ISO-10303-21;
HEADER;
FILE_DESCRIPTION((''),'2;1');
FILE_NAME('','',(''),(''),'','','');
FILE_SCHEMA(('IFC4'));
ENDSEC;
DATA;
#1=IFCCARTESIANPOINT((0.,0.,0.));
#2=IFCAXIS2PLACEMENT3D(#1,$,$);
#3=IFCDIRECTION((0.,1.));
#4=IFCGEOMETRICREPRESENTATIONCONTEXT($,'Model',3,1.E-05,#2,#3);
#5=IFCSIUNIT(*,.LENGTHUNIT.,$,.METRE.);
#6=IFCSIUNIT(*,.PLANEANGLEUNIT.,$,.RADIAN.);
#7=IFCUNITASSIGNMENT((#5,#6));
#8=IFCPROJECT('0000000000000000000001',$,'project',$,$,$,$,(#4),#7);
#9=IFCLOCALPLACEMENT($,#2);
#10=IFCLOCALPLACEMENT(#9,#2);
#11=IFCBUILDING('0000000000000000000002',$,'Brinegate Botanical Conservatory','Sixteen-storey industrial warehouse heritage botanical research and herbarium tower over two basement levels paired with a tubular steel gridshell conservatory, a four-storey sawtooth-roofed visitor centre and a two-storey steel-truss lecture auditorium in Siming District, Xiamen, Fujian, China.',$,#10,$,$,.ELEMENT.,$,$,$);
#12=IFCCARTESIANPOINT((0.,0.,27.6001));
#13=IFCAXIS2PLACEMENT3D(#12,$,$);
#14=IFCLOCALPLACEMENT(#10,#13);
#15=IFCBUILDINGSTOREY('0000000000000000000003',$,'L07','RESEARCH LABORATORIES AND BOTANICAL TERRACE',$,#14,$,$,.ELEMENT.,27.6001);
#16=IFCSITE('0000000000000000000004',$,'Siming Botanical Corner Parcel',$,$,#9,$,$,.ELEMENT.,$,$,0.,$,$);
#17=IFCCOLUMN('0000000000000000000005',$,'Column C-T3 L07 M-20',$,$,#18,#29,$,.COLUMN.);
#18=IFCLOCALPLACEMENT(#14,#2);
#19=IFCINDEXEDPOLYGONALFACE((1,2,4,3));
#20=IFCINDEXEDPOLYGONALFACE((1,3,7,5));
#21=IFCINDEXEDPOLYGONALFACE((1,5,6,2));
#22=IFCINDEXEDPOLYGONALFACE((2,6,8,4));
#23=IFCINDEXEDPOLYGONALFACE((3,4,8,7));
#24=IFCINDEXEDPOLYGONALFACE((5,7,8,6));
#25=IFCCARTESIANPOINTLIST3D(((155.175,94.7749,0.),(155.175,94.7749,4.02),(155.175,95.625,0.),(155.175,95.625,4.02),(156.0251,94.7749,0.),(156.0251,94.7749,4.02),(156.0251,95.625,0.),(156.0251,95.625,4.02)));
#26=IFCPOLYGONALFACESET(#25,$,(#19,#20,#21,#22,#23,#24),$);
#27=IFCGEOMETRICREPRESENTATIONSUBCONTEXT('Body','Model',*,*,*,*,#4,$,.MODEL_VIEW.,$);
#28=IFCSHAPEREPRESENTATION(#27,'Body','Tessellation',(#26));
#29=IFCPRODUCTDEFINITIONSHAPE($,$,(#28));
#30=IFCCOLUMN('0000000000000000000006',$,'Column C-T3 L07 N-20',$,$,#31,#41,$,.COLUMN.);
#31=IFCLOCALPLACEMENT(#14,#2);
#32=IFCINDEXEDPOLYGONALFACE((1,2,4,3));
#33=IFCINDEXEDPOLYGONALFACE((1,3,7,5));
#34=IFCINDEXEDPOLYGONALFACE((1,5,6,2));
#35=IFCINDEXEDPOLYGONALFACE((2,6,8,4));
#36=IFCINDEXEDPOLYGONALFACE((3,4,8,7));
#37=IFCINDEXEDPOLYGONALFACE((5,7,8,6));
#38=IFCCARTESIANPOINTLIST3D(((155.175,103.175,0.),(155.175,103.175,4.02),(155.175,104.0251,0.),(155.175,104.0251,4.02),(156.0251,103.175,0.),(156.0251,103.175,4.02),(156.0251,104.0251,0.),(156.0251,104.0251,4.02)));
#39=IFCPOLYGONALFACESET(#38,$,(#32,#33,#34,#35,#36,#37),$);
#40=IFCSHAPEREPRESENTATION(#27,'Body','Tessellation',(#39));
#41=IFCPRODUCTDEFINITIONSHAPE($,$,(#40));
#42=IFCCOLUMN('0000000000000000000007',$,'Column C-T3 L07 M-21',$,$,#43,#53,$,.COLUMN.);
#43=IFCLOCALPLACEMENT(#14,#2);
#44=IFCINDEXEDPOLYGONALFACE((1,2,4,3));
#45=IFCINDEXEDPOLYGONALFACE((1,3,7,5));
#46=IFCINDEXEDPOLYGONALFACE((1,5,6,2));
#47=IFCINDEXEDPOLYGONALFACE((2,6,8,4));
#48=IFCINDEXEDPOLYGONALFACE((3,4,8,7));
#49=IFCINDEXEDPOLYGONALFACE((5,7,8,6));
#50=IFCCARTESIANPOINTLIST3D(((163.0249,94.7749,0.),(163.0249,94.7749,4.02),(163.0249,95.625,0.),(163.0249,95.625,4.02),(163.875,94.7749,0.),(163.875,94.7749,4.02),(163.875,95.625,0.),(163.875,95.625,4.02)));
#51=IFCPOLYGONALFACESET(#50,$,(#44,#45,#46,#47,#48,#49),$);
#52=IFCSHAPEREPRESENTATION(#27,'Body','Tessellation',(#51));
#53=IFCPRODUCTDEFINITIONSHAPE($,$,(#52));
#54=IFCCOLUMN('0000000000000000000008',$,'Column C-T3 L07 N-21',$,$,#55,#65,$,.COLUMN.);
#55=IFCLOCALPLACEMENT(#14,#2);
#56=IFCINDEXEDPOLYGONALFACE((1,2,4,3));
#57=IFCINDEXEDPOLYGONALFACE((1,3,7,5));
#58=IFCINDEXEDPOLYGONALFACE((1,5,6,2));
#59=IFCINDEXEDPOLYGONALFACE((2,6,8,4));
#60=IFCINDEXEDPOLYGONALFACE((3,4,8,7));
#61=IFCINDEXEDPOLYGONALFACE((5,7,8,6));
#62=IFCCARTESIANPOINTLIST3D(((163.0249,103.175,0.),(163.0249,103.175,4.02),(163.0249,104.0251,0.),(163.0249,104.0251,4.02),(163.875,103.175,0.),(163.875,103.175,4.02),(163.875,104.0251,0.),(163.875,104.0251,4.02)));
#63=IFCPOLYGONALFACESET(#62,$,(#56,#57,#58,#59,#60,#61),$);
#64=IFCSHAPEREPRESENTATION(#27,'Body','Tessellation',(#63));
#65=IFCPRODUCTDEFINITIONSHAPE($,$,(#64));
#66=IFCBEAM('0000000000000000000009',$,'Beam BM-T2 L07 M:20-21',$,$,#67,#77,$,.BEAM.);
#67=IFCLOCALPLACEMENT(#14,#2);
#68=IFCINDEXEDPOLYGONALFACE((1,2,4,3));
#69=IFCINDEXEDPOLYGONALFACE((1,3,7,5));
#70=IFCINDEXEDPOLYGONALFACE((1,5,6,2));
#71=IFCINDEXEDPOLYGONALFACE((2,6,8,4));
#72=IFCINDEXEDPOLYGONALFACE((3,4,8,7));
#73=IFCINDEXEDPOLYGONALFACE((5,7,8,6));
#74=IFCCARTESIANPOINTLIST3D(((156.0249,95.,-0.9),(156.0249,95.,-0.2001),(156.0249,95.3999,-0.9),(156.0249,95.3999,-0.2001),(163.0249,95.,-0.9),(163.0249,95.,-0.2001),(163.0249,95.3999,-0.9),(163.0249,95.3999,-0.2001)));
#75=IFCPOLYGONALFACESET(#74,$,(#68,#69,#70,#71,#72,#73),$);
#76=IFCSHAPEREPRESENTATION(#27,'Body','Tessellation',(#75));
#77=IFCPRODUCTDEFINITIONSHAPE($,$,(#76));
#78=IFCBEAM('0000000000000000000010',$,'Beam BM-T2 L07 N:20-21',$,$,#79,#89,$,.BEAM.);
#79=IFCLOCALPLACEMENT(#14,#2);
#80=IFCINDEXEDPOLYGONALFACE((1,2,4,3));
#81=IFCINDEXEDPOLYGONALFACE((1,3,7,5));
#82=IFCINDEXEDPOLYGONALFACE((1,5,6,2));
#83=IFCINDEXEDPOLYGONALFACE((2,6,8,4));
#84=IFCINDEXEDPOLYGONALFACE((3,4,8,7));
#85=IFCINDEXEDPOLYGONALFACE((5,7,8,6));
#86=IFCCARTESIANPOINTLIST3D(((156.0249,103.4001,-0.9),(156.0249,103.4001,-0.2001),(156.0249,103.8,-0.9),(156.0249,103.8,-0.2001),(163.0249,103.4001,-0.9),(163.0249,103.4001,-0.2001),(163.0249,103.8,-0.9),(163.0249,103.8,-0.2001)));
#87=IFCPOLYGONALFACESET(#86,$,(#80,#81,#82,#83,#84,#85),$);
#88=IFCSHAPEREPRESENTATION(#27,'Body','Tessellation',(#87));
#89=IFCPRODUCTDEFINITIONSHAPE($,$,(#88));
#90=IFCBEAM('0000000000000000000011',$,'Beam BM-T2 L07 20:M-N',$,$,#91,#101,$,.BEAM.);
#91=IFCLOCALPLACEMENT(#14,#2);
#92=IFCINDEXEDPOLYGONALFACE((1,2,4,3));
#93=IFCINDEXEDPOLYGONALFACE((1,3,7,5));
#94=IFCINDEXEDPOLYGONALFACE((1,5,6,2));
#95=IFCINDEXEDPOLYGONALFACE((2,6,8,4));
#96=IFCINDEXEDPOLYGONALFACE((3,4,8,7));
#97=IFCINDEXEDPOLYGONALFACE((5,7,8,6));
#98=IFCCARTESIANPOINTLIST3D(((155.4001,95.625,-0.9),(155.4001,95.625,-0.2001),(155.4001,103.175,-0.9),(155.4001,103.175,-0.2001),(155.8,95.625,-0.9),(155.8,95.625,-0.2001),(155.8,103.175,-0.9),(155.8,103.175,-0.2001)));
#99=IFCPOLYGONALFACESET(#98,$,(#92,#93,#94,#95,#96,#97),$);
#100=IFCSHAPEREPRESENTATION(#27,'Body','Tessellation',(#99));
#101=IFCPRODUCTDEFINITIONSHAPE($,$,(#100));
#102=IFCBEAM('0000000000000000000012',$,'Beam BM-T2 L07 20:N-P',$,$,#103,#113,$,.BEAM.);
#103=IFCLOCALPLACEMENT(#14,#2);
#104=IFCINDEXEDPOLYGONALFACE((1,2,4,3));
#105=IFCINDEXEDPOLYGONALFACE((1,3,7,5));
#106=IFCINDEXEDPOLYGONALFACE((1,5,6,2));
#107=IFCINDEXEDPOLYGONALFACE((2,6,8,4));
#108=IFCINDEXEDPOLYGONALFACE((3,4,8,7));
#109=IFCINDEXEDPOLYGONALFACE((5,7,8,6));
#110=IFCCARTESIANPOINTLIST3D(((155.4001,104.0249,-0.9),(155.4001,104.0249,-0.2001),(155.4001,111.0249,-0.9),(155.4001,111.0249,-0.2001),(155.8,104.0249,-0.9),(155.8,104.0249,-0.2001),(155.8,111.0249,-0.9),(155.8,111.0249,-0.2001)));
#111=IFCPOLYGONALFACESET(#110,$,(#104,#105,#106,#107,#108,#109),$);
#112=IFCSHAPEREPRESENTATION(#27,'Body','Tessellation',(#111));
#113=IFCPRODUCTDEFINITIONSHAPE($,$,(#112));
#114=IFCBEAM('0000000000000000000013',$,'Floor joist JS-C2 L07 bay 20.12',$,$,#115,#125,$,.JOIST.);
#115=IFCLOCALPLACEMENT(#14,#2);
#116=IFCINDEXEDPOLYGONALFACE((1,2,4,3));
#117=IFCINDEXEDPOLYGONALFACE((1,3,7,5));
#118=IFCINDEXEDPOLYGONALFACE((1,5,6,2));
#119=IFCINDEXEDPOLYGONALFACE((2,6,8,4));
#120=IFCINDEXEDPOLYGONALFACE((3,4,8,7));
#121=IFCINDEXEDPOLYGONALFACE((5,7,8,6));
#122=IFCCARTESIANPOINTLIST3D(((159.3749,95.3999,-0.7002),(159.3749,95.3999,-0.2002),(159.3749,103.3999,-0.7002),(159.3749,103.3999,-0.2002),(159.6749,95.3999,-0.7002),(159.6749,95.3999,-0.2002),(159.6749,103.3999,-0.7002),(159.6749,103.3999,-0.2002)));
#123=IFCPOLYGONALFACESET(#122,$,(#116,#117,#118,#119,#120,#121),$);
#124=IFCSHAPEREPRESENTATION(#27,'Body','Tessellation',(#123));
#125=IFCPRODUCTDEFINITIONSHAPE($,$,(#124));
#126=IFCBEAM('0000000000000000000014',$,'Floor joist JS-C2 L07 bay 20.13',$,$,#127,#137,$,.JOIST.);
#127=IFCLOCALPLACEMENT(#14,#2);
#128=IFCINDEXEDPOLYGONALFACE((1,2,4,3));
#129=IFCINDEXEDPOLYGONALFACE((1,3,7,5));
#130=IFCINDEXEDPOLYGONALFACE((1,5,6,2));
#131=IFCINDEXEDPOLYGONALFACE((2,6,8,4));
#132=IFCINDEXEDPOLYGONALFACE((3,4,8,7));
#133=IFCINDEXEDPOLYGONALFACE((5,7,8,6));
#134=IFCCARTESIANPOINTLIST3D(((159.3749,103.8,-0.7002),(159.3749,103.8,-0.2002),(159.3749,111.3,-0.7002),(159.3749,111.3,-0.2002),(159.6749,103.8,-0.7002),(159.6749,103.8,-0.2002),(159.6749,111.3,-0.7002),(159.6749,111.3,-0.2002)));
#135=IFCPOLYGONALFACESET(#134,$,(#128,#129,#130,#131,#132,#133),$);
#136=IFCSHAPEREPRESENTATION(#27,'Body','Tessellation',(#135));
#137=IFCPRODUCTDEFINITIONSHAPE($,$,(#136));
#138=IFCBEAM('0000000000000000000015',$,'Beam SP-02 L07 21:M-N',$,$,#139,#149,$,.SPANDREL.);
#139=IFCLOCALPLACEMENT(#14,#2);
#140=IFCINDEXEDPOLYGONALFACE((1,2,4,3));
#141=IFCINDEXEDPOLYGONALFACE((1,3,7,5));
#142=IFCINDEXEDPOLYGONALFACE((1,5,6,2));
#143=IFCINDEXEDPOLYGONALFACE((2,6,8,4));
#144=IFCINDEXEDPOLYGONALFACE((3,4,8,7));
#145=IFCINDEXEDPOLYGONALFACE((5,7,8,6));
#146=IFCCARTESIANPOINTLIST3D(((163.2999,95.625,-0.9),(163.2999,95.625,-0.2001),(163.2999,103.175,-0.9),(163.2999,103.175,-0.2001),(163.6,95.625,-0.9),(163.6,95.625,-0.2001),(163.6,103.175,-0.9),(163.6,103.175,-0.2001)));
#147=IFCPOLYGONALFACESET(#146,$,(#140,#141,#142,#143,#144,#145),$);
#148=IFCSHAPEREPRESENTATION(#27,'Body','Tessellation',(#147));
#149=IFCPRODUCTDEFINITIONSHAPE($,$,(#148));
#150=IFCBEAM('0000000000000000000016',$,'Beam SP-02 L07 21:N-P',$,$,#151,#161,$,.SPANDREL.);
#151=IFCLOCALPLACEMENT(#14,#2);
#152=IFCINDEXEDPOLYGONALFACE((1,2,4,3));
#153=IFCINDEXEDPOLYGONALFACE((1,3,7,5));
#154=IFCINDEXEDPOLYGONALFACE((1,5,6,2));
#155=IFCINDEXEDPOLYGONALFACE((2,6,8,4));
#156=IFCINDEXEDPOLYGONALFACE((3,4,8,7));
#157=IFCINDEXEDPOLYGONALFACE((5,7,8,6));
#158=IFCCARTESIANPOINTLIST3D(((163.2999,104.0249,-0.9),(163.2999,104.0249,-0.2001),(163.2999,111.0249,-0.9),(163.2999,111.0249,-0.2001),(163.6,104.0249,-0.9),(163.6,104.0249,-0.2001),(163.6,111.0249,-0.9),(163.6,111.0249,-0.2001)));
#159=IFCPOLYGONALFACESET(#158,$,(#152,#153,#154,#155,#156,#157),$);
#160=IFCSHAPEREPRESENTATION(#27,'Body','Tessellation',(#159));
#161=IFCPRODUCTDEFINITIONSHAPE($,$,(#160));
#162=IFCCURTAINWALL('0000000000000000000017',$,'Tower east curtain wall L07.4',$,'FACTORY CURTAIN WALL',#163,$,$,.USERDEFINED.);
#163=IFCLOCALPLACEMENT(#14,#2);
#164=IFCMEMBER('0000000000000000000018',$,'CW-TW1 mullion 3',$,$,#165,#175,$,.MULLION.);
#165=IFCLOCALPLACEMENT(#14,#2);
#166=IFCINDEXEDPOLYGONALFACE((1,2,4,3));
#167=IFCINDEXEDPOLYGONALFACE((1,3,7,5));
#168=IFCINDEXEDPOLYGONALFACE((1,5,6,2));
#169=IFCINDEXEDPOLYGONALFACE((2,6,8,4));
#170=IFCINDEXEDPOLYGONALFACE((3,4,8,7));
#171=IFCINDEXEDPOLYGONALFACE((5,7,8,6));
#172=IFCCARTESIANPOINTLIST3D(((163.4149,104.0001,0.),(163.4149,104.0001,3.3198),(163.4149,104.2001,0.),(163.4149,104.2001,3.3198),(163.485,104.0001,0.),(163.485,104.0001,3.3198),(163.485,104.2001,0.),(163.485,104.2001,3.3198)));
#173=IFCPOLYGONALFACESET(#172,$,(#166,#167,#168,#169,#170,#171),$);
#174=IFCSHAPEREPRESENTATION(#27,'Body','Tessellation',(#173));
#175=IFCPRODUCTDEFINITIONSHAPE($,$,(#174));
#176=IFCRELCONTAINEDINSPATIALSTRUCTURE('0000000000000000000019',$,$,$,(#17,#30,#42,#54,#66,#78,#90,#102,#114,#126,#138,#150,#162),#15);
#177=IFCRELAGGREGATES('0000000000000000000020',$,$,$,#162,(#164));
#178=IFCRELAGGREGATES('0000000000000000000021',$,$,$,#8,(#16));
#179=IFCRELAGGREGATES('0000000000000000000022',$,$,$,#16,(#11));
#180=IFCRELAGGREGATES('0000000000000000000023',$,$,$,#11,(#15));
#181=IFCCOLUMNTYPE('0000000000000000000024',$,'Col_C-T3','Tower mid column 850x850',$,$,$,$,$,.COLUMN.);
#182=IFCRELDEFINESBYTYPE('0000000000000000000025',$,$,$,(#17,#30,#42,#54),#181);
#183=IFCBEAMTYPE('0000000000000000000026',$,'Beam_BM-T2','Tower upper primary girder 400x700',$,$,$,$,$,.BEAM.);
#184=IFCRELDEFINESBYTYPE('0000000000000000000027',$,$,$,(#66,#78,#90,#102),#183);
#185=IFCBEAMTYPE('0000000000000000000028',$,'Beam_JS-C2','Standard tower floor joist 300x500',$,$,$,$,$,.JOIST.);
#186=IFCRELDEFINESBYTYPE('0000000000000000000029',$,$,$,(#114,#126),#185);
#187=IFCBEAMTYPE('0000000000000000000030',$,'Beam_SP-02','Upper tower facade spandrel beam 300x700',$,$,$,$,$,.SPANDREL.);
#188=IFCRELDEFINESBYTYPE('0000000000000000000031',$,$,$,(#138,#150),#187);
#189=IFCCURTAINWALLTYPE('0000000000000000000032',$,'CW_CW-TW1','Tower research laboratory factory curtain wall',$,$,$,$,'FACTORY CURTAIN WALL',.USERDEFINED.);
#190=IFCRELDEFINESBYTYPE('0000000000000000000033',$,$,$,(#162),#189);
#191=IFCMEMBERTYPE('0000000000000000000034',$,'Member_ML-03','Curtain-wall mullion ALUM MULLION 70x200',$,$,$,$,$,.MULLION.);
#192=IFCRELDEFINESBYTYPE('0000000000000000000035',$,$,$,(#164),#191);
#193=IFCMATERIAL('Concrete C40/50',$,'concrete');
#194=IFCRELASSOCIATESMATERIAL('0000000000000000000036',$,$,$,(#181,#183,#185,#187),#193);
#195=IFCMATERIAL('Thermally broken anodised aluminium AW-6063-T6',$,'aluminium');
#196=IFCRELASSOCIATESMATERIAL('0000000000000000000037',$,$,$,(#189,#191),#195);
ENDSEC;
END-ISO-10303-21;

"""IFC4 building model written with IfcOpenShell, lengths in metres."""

from ifc_helpers import new_model, si_unit, direction, frame, origin, origin_2d, place, context, subcontext, project, spatial, rectangle, extrude, material, material_profile, profile_set, type_object, element, aggregate, save


model = new_model("IFC4")

# Units and contexts
model_context = context("Model", 3, precision=1e-05, world=origin(), true_north=direction((0.0, 1.0)))
body_context = subcontext(model_context, "Body", "Model", "MODEL_VIEW")
ifc_project = project(units=[si_unit("LENGTHUNIT", "METRE"), si_unit("PLANEANGLEUNIT", "RADIAN")], contexts=[model_context])

# Site, building, storey
site_placement = place(None, origin())
site = spatial("IfcSite", under=ifc_project, at=site_placement, Name="Siming Botanical Corner Parcel", CompositionType="ELEMENT", RefElevation=0.0)
building_placement = place(site_placement, origin())
building = spatial("IfcBuilding", under=site, at=building_placement, Name="Brinegate Botanical Conservatory", Description="Sixteen-storey industrial warehouse heritage botanical research and herbarium tower over two basement levels paired with a tubular steel gridshell conservatory, a four-storey sawtooth-roofed visitor centre and a two-storey steel-truss lecture auditorium in Siming District, Xiamen, Fujian, China.", CompositionType="ELEMENT")
storey_placement = place(building_placement, frame((0.0, 0.0, 27.6001)))
storey = spatial("IfcBuildingStorey", under=building, at=storey_placement, Name="L07", Description="RESEARCH LABORATORIES AND BOTANICAL TERRACE", CompositionType="ELEMENT", Elevation=27.6001)

# Columns
ifc_material_1 = material(Name="Concrete C40/50", Category="concrete")
ifc_material_profile_1 = material_profile(ifc_material_1, rectangle(XDim=0.8501, YDim=0.8501, at=origin_2d()), Name="RC COL 850x850")
ifc_profile_set_1 = profile_set([ifc_material_profile_1], Name="Concrete C40/50")
column_type = type_object("IfcColumnType", Name="Col_C-T3", Description="Tower mid column 850x850", PredefinedType="COLUMN", material=ifc_profile_set_1)
for number, where, z_axis, x_axis, name in (
    (1, (155.6001, 95.2, 0.0), (0.0, 0.0, 1.0), (1.0, 0.0, 0.0), "Column C-T3 L07 M-20"),
    (2, (155.6001, 103.6001, 0.0), (0.0, 0.0, 1.0), (1.0, 0.0, 0.0), "Column C-T3 L07 N-20"),
    (3, (163.45, 95.2, 0.0), (0.0, 0.0, 1.0), (1.0, 0.0, 0.0), "Column C-T3 L07 M-21"),
    (4, (163.45, 103.6001, 0.0), (0.0, 0.0, 1.0), (1.0, 0.0, 0.0), "Column C-T3 L07 N-21"),
):
    element("IfcColumn", number, at=place(storey_placement, frame(where, z_axis=z_axis, x_axis=x_axis)), inside=storey, type_object=column_type, Name=name, PredefinedType="COLUMN", context=body_context, shape_type="SweptSolid", body=[
        extrude(rectangle(XDim=0.8501, YDim=0.8501, at=origin_2d()), origin(), (0.0, 0.0, 1.0), 4.02),
    ])

# Beams
ifc_material_profile_2 = material_profile(ifc_material_1, rectangle(XDim=0.3999, YDim=0.7, at=origin_2d()), Name="RC BM 400x700")
ifc_profile_set_2 = profile_set([ifc_material_profile_2], Name="Concrete C40/50")
beam_type_1 = type_object("IfcBeamType", Name="Beam_BM-T2", Description="Tower upper primary girder 400x700", PredefinedType="BEAM", material=ifc_profile_set_2)
for number, where, z_axis, x_axis, name in (
    (5, (156.0249, 95.2, -0.55), (1.0, 0.0, 0.0), (0.0, 1.0, 0.0), "Beam BM-T2 L07 M:20-21"),
    (6, (156.0249, 103.6001, -0.55), (1.0, 0.0, 0.0), (0.0, 1.0, 0.0), "Beam BM-T2 L07 N:20-21"),
):
    element("IfcBeam", number, at=place(storey_placement, frame(where, z_axis=z_axis, x_axis=x_axis)), inside=storey, type_object=beam_type_1, Name=name, PredefinedType="BEAM", context=body_context, shape_type="SweptSolid", body=[
        extrude(rectangle(XDim=0.3999, YDim=0.7, at=origin_2d()), origin(), (0.0, 0.0, 1.0), 7.0),
    ])
beam_1_placement = place(storey_placement, frame((155.6001, 95.625, -0.55), z_axis=(0.0, 1.0, 0.0), x_axis=(-1.0, 0.0, 0.0)))
element("IfcBeam", 7, at=beam_1_placement, inside=storey, type_object=beam_type_1, Name="Beam BM-T2 L07 20:M-N", PredefinedType="BEAM", context=body_context, shape_type="SweptSolid", body=[
    extrude(rectangle(XDim=0.3999, YDim=0.7, at=origin_2d()), origin(), (0.0, 0.0, 1.0), 7.55),
])
beam_2_placement = place(storey_placement, frame((155.6001, 104.0249, -0.55), z_axis=(0.0, 1.0, 0.0), x_axis=(-1.0, 0.0, 0.0)))
element("IfcBeam", 8, at=beam_2_placement, inside=storey, type_object=beam_type_1, Name="Beam BM-T2 L07 20:N-P", PredefinedType="BEAM", context=body_context, shape_type="SweptSolid", body=[
    extrude(rectangle(XDim=0.3999, YDim=0.7, at=origin_2d()), origin(), (0.0, 0.0, 1.0), 7.0),
])
ifc_material_profile_3 = material_profile(ifc_material_1, rectangle(XDim=0.3, YDim=0.5, at=origin_2d()), Name="RC JST 300x500")
ifc_profile_set_3 = profile_set([ifc_material_profile_3], Name="Concrete C40/50")
beam_type_2 = type_object("IfcBeamType", Name="Beam_JS-C2", Description="Standard tower floor joist 300x500", PredefinedType="JOIST", material=ifc_profile_set_3)
beam_3_placement = place(storey_placement, frame((159.5249, 95.3999, -0.4502), z_axis=(0.0, 1.0, 0.0), x_axis=(-1.0, 0.0, 0.0)))
element("IfcBeam", 9, at=beam_3_placement, inside=storey, type_object=beam_type_2, Name="Floor joist JS-C2 L07 bay 20.12", PredefinedType="JOIST", context=body_context, shape_type="SweptSolid", body=[
    extrude(rectangle(XDim=0.3, YDim=0.5, at=origin_2d()), origin(), (0.0, 0.0, 1.0), 8.0),
])
beam_4_placement = place(storey_placement, frame((159.5249, 103.8, -0.4502), z_axis=(0.0, 1.0, 0.0), x_axis=(-1.0, 0.0, 0.0)))
element("IfcBeam", 10, at=beam_4_placement, inside=storey, type_object=beam_type_2, Name="Floor joist JS-C2 L07 bay 20.13", PredefinedType="JOIST", context=body_context, shape_type="SweptSolid", body=[
    extrude(rectangle(XDim=0.3, YDim=0.5, at=origin_2d()), origin(), (0.0, 0.0, 1.0), 7.5),
])
ifc_material_profile_4 = material_profile(ifc_material_1, rectangle(XDim=0.3, YDim=0.7, at=origin_2d()), Name="RC SPN 300x700")
ifc_profile_set_4 = profile_set([ifc_material_profile_4], Name="Concrete C40/50")
beam_type_3 = type_object("IfcBeamType", Name="Beam_SP-02", Description="Upper tower facade spandrel beam 300x700", PredefinedType="SPANDREL", material=ifc_profile_set_4)
beam_5_placement = place(storey_placement, frame((163.45, 95.625, -0.55), z_axis=(0.0, 1.0, 0.0), x_axis=(-1.0, 0.0, 0.0)))
element("IfcBeam", 11, at=beam_5_placement, inside=storey, type_object=beam_type_3, Name="Beam SP-02 L07 21:M-N", PredefinedType="SPANDREL", context=body_context, shape_type="SweptSolid", body=[
    extrude(rectangle(XDim=0.3, YDim=0.7, at=origin_2d()), origin(), (0.0, 0.0, 1.0), 7.55),
])
beam_6_placement = place(storey_placement, frame((163.45, 104.0249, -0.55), z_axis=(0.0, 1.0, 0.0), x_axis=(-1.0, 0.0, 0.0)))
element("IfcBeam", 12, at=beam_6_placement, inside=storey, type_object=beam_type_3, Name="Beam SP-02 L07 21:N-P", PredefinedType="SPANDREL", context=body_context, shape_type="SweptSolid", body=[
    extrude(rectangle(XDim=0.3, YDim=0.7, at=origin_2d()), origin(), (0.0, 0.0, 1.0), 7.0),
])

# Curtain wall, member
ifc_material_2 = material(Name="Thermally broken anodised aluminium AW-6063-T6", Category="aluminium")
curtain_wall_type = type_object("IfcCurtainWallType", Name="CW_CW-TW1", Description="Tower research laboratory factory curtain wall", ElementType="FACTORY CURTAIN WALL", PredefinedType="USERDEFINED", material=ifc_material_2)
curtain_wall_placement = place(storey_placement, origin())
curtain_wall = element("IfcCurtainWall", 13, at=curtain_wall_placement, inside=storey, type_object=curtain_wall_type, Name="Tower east curtain wall L07.4", ObjectType="FACTORY CURTAIN WALL", PredefinedType="USERDEFINED")
ifc_material_profile_5 = material_profile(ifc_material_2, rectangle(XDim=0.0701, YDim=0.2, at=origin_2d()), Name="ALUM MULLION 70x200")
ifc_profile_set_5 = profile_set([ifc_material_profile_5], Name="Thermally broken anodised aluminium AW-6063-T6")
member_type = type_object("IfcMemberType", Name="Member_ML-03", Description="Curtain-wall mullion ALUM MULLION 70x200", PredefinedType="MULLION", material=ifc_profile_set_5)
member_placement = place(storey_placement, frame((163.45, 104.1001, 0.0), z_axis=(0.0, 0.0, 1.0), x_axis=(1.0, 0.0, 0.0)))
member = element("IfcMember", 14, at=member_placement, type_object=member_type, Name="CW-TW1 mullion 3", PredefinedType="MULLION", context=body_context, shape_type="SweptSolid", body=[
    extrude(rectangle(XDim=0.0701, YDim=0.2, at=origin_2d()), origin(), (0.0, 0.0, 1.0), 3.3198),
])
aggregate(curtain_wall, [member])

save(model, "model.ifc")
